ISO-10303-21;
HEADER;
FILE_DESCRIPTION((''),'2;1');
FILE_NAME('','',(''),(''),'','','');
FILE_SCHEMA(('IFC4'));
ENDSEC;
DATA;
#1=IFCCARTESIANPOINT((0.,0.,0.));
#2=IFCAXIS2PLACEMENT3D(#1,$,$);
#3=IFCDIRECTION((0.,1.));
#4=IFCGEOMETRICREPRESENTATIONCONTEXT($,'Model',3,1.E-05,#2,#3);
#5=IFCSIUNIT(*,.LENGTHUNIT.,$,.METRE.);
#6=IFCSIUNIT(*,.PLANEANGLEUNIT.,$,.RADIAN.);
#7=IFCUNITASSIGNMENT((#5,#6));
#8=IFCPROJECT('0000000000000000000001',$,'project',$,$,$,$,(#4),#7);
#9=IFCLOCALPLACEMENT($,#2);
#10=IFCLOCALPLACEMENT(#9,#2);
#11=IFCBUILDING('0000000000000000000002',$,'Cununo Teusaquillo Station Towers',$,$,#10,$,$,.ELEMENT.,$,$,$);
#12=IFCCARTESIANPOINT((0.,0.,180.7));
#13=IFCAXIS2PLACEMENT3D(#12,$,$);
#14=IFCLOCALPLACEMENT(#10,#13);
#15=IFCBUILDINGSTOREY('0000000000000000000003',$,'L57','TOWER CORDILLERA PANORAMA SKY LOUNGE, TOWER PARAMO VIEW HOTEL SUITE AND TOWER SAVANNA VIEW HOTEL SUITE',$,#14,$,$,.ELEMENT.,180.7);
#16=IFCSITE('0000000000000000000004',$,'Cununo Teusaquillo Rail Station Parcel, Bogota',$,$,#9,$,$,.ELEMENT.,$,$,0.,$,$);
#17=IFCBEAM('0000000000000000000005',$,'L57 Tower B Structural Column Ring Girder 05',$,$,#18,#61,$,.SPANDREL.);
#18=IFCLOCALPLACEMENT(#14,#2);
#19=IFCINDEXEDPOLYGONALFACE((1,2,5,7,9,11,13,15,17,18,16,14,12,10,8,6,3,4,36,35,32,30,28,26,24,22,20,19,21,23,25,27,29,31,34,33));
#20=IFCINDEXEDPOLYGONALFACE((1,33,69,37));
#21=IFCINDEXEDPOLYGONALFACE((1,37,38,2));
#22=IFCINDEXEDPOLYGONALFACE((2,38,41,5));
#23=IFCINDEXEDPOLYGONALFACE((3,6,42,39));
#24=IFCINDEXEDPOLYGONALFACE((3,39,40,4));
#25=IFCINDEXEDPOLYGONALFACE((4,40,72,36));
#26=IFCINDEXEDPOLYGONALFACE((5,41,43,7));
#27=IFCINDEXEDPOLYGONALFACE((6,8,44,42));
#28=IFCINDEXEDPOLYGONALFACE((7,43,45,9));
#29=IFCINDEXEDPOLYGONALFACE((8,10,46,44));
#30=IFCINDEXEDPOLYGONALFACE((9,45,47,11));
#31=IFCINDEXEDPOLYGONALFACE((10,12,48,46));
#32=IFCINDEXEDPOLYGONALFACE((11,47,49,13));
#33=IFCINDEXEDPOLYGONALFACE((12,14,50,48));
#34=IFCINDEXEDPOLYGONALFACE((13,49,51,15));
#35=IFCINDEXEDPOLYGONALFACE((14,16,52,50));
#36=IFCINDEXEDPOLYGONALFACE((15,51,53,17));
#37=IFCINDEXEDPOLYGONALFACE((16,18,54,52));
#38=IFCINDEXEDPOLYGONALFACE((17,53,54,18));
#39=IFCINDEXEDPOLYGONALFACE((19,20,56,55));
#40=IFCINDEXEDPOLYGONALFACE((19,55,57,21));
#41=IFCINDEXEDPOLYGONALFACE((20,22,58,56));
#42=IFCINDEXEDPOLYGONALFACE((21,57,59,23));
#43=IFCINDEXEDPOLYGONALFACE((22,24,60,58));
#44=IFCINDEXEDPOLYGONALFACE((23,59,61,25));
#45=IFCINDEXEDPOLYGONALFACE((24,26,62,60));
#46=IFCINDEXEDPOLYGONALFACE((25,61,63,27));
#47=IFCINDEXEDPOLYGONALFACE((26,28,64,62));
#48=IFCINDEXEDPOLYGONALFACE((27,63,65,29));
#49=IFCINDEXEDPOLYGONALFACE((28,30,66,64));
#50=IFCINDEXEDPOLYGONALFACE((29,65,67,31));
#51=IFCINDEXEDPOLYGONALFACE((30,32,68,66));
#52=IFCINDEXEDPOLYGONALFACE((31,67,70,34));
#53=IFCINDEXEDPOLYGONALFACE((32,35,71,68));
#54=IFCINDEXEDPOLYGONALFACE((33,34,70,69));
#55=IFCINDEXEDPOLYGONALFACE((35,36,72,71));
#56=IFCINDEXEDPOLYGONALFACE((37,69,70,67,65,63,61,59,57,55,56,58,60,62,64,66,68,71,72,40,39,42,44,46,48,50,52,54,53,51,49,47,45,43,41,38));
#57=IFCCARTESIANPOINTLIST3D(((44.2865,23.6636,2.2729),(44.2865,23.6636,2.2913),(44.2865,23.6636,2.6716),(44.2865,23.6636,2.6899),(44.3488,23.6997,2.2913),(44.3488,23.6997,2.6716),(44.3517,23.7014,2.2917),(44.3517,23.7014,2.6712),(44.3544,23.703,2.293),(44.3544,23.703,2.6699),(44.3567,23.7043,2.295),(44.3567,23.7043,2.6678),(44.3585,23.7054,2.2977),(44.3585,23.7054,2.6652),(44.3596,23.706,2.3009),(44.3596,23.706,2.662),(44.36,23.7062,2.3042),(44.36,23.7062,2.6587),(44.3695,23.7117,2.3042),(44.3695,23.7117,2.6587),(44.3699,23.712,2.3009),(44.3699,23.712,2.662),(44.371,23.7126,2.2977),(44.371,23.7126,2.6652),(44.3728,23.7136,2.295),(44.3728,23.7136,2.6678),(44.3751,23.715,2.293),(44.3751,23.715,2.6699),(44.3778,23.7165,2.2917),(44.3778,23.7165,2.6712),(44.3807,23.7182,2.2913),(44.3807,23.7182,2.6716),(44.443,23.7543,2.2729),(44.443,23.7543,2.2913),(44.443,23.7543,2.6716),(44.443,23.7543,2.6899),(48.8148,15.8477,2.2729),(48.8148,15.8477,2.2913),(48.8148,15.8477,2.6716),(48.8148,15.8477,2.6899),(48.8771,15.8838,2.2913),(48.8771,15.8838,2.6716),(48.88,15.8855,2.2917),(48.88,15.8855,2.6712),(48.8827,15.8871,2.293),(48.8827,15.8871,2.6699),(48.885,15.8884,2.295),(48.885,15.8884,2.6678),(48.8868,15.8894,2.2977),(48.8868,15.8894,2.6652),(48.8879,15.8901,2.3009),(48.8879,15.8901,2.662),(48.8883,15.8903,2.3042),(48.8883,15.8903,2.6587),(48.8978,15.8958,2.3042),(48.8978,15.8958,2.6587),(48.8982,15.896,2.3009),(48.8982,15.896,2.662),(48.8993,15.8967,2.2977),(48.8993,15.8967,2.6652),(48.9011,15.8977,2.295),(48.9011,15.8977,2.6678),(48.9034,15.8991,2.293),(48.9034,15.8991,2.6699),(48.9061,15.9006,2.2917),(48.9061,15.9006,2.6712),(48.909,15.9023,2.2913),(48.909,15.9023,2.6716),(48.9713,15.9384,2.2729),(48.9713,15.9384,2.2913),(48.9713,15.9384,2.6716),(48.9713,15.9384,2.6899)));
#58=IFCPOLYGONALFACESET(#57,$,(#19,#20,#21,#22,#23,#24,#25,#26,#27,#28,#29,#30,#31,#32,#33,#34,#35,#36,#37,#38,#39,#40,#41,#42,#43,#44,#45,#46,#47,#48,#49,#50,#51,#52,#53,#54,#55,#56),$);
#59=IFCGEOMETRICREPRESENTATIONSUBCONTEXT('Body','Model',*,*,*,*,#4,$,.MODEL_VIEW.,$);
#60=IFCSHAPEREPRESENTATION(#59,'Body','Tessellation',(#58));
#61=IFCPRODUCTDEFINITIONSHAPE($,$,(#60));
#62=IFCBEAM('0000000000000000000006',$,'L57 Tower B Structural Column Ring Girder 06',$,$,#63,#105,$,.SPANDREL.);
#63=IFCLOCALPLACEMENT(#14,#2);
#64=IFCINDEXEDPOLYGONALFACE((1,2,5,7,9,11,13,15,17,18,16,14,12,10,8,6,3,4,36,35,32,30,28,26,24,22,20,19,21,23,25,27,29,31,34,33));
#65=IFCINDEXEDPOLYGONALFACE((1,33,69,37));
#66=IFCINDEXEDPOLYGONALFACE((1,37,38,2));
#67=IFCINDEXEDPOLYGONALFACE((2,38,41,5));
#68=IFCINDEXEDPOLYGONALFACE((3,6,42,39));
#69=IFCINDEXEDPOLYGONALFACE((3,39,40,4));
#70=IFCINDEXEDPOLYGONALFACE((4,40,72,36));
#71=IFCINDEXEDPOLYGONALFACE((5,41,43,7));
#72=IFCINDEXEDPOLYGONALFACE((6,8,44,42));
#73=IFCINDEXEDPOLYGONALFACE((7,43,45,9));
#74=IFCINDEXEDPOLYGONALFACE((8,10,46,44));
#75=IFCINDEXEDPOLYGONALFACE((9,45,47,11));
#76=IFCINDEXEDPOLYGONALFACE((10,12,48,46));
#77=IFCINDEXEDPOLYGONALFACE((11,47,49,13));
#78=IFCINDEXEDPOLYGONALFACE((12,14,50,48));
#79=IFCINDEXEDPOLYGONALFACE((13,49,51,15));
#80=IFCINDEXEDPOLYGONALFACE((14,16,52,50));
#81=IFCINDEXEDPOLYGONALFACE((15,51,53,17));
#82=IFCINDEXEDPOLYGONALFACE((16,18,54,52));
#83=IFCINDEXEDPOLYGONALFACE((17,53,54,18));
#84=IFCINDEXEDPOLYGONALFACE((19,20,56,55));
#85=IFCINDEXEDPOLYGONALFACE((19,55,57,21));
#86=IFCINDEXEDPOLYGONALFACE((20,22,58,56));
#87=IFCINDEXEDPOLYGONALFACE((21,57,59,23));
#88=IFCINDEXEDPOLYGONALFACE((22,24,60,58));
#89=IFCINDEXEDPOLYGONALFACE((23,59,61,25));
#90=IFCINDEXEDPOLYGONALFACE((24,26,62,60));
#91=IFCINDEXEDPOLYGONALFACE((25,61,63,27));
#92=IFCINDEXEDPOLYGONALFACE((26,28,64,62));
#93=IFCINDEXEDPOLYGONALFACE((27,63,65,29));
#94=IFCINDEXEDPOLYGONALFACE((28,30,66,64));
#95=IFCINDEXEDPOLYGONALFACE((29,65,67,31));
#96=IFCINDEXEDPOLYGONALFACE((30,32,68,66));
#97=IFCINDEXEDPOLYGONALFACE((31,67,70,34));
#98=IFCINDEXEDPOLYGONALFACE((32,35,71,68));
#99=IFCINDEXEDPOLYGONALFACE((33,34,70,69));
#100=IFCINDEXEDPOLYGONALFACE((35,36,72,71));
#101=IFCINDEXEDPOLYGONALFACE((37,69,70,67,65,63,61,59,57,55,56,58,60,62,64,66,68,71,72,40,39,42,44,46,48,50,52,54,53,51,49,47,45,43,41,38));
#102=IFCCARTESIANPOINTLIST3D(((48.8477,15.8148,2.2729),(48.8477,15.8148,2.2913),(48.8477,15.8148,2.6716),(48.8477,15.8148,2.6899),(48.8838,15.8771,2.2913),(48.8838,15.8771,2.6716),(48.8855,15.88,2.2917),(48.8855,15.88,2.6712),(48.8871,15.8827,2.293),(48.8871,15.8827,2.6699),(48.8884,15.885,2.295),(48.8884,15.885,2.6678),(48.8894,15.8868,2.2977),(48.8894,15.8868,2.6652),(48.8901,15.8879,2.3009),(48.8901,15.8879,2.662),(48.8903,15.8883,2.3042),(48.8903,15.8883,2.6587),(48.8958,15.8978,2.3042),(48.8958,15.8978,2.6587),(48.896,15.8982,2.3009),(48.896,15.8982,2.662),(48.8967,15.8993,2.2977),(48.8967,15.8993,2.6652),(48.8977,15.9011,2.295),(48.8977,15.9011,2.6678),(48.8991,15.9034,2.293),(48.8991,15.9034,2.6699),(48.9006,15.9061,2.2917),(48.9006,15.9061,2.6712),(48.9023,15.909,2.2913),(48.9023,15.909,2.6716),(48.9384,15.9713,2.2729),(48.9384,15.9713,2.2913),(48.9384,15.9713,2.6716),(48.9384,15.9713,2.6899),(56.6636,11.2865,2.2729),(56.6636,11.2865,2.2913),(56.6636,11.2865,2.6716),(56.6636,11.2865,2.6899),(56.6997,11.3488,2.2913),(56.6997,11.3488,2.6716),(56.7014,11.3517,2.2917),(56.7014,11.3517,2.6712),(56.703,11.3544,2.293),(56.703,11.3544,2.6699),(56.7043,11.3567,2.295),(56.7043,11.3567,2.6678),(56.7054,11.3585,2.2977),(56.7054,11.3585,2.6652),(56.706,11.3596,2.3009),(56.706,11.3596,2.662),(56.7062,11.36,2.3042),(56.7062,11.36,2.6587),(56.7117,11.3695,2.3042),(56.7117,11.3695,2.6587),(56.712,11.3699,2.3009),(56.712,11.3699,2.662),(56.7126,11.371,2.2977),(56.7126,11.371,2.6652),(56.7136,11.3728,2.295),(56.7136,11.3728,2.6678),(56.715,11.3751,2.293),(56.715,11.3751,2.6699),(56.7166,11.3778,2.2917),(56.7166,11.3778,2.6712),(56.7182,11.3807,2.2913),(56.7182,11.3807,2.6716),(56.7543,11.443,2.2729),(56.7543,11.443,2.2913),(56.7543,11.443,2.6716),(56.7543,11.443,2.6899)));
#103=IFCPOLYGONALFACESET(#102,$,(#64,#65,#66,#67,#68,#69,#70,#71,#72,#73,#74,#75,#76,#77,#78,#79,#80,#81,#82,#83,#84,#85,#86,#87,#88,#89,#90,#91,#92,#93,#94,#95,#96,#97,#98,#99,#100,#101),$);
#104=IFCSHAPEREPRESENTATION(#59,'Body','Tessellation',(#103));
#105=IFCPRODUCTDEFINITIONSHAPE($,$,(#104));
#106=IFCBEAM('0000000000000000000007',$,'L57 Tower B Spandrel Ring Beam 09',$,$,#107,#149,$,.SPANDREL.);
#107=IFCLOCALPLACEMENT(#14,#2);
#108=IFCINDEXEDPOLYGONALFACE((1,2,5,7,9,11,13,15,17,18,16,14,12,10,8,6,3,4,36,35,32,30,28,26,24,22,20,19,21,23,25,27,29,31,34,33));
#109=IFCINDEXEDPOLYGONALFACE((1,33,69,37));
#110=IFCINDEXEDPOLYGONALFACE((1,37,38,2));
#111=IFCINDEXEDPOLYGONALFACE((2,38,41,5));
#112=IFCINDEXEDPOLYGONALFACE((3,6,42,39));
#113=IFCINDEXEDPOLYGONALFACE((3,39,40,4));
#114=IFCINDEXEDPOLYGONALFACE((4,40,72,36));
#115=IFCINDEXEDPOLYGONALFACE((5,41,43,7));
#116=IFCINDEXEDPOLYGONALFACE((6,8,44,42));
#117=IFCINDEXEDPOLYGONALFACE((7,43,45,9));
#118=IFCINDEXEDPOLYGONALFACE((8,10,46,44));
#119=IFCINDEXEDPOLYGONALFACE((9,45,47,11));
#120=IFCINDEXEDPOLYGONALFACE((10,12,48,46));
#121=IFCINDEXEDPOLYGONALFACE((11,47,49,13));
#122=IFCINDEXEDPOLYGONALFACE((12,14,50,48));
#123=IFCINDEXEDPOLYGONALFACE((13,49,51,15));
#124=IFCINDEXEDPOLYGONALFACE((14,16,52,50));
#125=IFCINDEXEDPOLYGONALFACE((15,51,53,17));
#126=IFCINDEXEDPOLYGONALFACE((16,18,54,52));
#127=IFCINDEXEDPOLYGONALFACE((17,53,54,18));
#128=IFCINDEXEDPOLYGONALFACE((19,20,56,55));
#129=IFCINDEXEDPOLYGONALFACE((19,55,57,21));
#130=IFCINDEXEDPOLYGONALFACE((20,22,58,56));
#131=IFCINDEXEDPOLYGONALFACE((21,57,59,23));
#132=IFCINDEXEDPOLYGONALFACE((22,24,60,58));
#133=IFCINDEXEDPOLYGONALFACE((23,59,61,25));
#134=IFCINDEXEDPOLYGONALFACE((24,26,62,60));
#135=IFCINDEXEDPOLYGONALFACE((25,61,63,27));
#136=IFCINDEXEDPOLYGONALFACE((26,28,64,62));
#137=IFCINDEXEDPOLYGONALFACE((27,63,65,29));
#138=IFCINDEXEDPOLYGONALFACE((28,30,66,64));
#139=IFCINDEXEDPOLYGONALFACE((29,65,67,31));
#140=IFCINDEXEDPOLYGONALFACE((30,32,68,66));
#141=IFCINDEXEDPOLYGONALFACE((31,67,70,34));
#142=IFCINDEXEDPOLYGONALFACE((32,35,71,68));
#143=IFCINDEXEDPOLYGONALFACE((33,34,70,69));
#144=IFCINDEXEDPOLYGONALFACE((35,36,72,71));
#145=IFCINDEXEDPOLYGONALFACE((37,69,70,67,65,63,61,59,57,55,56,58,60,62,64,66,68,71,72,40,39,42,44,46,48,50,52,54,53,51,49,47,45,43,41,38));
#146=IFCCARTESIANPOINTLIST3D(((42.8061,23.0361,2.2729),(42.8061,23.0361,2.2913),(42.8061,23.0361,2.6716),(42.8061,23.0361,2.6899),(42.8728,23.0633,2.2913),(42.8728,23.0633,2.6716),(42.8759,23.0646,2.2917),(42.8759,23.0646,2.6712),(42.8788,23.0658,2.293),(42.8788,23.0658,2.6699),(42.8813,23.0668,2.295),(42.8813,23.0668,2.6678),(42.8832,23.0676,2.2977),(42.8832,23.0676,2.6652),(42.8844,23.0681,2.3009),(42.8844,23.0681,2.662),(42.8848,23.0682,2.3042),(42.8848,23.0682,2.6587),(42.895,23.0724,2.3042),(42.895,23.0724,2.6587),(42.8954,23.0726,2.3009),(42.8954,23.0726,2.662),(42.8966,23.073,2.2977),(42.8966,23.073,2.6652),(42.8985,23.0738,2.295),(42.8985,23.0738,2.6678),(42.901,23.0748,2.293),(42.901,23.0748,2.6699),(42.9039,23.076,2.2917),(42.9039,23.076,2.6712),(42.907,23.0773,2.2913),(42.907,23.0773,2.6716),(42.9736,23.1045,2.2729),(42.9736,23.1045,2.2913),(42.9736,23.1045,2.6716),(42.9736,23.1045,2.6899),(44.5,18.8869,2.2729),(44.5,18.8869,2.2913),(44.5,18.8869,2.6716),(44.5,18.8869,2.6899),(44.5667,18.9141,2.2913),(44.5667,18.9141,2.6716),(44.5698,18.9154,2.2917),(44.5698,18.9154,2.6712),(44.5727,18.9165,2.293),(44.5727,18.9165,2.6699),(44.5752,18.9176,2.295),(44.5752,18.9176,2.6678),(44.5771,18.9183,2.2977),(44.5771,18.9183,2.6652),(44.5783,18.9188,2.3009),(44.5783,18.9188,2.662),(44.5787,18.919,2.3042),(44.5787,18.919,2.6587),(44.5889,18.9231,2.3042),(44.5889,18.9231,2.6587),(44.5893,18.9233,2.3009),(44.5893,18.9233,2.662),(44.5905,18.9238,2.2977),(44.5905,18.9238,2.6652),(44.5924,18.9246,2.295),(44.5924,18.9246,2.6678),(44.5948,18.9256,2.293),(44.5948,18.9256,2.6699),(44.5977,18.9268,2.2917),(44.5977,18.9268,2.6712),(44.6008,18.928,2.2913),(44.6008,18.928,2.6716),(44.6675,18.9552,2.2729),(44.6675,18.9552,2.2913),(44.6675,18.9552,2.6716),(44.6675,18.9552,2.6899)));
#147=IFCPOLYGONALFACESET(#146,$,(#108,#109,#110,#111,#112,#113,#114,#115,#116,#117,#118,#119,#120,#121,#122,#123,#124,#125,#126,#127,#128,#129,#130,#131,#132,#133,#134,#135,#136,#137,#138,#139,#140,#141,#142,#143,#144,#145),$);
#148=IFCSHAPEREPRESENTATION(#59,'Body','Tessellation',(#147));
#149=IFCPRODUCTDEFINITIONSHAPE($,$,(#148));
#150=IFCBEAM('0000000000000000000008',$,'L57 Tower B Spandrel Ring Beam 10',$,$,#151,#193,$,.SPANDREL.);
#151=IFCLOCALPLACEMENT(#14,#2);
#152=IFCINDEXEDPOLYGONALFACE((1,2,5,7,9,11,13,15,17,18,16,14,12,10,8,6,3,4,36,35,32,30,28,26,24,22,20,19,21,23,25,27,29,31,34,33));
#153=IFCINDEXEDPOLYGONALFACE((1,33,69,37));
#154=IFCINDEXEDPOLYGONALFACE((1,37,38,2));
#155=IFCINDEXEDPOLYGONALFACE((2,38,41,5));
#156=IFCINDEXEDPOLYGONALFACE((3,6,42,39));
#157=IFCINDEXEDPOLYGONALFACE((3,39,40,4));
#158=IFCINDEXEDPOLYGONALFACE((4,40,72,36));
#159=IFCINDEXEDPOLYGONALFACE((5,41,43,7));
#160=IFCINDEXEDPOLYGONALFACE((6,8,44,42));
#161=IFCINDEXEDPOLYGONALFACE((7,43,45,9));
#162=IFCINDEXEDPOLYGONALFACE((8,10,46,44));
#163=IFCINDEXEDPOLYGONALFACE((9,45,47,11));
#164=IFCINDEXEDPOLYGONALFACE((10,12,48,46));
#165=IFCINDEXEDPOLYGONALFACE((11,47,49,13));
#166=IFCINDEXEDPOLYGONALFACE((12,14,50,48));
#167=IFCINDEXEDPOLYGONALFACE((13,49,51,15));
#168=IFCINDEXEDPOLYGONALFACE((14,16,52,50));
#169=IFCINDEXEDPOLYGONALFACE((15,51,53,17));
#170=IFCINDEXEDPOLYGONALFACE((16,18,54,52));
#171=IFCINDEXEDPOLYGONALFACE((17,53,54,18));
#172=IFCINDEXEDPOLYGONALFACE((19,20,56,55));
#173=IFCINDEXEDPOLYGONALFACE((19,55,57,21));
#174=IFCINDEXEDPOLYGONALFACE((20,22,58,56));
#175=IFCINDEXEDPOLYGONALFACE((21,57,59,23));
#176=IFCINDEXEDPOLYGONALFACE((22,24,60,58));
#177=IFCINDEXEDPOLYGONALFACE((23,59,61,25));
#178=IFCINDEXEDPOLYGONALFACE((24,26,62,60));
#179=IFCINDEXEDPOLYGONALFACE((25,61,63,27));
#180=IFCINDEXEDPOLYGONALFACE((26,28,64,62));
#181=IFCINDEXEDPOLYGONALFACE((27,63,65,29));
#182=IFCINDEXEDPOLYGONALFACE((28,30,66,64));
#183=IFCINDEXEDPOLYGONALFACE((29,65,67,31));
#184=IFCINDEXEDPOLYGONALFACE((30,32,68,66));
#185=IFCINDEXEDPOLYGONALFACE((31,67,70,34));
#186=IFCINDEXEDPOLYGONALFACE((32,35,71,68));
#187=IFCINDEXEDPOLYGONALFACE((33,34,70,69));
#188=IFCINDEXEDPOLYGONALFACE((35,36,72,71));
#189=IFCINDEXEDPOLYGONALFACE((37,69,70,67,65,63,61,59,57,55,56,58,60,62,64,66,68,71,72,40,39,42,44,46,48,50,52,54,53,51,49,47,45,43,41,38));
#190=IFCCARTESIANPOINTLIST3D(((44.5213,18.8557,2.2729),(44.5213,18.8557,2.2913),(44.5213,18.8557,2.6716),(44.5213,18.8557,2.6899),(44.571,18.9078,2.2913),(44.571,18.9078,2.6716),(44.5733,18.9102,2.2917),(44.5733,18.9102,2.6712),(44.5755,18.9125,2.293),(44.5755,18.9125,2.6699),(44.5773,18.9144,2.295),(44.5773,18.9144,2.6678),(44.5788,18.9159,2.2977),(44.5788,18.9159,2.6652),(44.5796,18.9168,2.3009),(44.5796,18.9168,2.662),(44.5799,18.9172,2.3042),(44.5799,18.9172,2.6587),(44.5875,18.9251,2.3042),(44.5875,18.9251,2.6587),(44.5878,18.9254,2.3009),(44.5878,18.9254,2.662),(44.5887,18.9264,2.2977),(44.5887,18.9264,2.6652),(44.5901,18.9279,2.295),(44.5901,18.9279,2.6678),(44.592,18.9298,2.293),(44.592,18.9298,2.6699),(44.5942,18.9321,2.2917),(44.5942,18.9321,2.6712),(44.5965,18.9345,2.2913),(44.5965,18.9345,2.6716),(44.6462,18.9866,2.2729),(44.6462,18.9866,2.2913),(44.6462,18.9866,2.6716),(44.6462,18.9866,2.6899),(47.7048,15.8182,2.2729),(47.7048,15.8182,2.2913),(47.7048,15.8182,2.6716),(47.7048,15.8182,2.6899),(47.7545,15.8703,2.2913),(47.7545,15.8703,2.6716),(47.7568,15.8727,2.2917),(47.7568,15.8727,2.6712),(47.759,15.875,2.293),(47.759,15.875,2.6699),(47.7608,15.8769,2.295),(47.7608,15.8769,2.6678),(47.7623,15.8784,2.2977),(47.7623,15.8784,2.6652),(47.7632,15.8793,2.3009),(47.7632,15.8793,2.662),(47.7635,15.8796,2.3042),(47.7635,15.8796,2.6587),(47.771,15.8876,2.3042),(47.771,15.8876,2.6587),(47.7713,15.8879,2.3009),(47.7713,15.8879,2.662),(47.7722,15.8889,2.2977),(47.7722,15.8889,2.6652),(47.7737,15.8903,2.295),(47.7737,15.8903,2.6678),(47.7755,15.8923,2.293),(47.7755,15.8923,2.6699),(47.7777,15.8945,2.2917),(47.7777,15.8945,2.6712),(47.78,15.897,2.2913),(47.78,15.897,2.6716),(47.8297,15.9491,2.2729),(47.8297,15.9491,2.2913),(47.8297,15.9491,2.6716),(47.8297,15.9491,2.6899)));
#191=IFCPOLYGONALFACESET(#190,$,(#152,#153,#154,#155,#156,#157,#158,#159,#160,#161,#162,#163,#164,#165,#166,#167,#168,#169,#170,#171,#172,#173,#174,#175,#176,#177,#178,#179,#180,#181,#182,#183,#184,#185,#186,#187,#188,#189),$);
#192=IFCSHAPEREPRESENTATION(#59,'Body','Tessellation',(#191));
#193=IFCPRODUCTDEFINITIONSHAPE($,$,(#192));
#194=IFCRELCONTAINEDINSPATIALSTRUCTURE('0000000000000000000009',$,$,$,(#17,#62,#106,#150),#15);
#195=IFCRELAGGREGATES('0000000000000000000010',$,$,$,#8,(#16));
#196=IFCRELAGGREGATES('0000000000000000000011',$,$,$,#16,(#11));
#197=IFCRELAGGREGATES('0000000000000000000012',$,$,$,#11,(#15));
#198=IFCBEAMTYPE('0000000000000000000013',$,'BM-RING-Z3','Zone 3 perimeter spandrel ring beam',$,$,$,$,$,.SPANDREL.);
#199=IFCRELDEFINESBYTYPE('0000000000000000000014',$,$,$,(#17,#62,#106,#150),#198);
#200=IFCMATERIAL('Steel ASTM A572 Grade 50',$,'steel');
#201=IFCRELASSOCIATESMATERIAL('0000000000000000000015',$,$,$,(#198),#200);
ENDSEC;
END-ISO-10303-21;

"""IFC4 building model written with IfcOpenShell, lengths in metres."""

from ifc_helpers import new_model, si_unit, direction, frame, origin, origin_2d, place, context, subcontext, project, spatial, i_section, extrude, material, material_profile, profile_set, type_object, element, save


model = new_model("IFC4")

# Units and contexts
model_context = context("Model", 3, precision=1e-05, world=origin(), true_north=direction((0.0, 1.0)))
body_context = subcontext(model_context, "Body", "Model", "MODEL_VIEW")
ifc_project = project(units=[si_unit("LENGTHUNIT", "METRE"), si_unit("PLANEANGLEUNIT", "RADIAN")], contexts=[model_context])

# Site, building, storey
site_placement = place(None, origin())
site = spatial("IfcSite", under=ifc_project, at=site_placement, Name="Cununo Teusaquillo Rail Station Parcel, Bogota", CompositionType="ELEMENT", RefElevation=0.0)
building_placement = place(site_placement, origin())
building = spatial("IfcBuilding", under=site, at=building_placement, Name="Cununo Teusaquillo Station Towers", CompositionType="ELEMENT")
storey_placement = place(building_placement, frame((0.0, 0.0, 180.7)))
storey = spatial("IfcBuildingStorey", under=building, at=storey_placement, Name="L57", Description="TOWER CORDILLERA PANORAMA SKY LOUNGE, TOWER PARAMO VIEW HOTEL SUITE AND TOWER SAVANNA VIEW HOTEL SUITE", CompositionType="ELEMENT", Elevation=180.7)

# Beams
ifc_material_1 = material(Name="Steel ASTM A572 Grade 50", Category="steel")
ifc_material_profile_1 = material_profile(ifc_material_1, i_section(OverallWidth=0.1809, OverallDepth=0.417, WebThickness=0.011, FlangeThickness=0.0183, FilletRadius=0.0129, at=origin_2d()), Name="W16X57")
ifc_profile_set_1 = profile_set([ifc_material_profile_1], Name="Steel ASTM A572 Grade 50")
beam_type_1 = type_object("IfcBeamType", Name="BM-RING-Z3", Description="Zone 3 perimeter spandrel ring beam", PredefinedType="SPANDREL", material=ifc_profile_set_1)
for number, where, z_axis, x_axis, name in (
    (1, (44.3647, 23.709, 2.4814), (0.501311, -0.865267, 0.0), (0.865267, 0.501311, 0.0), "L57 Tower B Structural Column Ring Girder 05"),
    (2, (48.8931, 15.8931, 2.4814), (0.865267, -0.501311, 0.0), (0.501311, 0.865267, 0.0), "L57 Tower B Structural Column Ring Girder 06"),
):
    element("IfcBeam", number, at=place(storey_placement, frame(where, z_axis=z_axis, x_axis=x_axis)), inside=storey, type_object=beam_type_1, Name=name, PredefinedType="SPANDREL", context=body_context, shape_type="SweptSolid", body=[
        extrude(i_section(OverallWidth=0.1809, OverallDepth=0.417, WebThickness=0.011, FlangeThickness=0.0183, FilletRadius=0.0129, at=origin_2d()), origin(), (0.0, 0.0, 1.0), 9.033),
    ])
beam_1_placement = place(storey_placement, frame((42.8899, 23.0703, 2.4814), z_axis=(0.377956, -0.925824, 0.0), x_axis=(0.925824, 0.377956, 0.0)))
element("IfcBeam", 3, at=beam_1_placement, inside=storey, type_object=beam_type_1, Name="L57 Tower B Spandrel Ring Beam 09", PredefinedType="SPANDREL", context=body_context, shape_type="SweptSolid", body=[
    extrude(i_section(OverallWidth=0.1809, OverallDepth=0.417, WebThickness=0.011, FlangeThickness=0.0183, FilletRadius=0.0129, at=origin_2d()), origin(), (0.0, 0.0, 1.0), 4.4817),
])
beam_2_placement = place(storey_placement, frame((44.5837, 18.9211, 2.4814), z_axis=(0.723502, -0.690323, 0.0), x_axis=(0.690323, 0.723502, 0.0)))
element("IfcBeam", 4, at=beam_2_placement, inside=storey, type_object=beam_type_1, Name="L57 Tower B Spandrel Ring Beam 10", PredefinedType="SPANDREL", context=body_context, shape_type="SweptSolid", body=[
    extrude(i_section(OverallWidth=0.1809, OverallDepth=0.417, WebThickness=0.011, FlangeThickness=0.0183, FilletRadius=0.0129, at=origin_2d()), origin(), (0.0, 0.0, 1.0), 4.4001),
])

save(model, "model.ifc")
